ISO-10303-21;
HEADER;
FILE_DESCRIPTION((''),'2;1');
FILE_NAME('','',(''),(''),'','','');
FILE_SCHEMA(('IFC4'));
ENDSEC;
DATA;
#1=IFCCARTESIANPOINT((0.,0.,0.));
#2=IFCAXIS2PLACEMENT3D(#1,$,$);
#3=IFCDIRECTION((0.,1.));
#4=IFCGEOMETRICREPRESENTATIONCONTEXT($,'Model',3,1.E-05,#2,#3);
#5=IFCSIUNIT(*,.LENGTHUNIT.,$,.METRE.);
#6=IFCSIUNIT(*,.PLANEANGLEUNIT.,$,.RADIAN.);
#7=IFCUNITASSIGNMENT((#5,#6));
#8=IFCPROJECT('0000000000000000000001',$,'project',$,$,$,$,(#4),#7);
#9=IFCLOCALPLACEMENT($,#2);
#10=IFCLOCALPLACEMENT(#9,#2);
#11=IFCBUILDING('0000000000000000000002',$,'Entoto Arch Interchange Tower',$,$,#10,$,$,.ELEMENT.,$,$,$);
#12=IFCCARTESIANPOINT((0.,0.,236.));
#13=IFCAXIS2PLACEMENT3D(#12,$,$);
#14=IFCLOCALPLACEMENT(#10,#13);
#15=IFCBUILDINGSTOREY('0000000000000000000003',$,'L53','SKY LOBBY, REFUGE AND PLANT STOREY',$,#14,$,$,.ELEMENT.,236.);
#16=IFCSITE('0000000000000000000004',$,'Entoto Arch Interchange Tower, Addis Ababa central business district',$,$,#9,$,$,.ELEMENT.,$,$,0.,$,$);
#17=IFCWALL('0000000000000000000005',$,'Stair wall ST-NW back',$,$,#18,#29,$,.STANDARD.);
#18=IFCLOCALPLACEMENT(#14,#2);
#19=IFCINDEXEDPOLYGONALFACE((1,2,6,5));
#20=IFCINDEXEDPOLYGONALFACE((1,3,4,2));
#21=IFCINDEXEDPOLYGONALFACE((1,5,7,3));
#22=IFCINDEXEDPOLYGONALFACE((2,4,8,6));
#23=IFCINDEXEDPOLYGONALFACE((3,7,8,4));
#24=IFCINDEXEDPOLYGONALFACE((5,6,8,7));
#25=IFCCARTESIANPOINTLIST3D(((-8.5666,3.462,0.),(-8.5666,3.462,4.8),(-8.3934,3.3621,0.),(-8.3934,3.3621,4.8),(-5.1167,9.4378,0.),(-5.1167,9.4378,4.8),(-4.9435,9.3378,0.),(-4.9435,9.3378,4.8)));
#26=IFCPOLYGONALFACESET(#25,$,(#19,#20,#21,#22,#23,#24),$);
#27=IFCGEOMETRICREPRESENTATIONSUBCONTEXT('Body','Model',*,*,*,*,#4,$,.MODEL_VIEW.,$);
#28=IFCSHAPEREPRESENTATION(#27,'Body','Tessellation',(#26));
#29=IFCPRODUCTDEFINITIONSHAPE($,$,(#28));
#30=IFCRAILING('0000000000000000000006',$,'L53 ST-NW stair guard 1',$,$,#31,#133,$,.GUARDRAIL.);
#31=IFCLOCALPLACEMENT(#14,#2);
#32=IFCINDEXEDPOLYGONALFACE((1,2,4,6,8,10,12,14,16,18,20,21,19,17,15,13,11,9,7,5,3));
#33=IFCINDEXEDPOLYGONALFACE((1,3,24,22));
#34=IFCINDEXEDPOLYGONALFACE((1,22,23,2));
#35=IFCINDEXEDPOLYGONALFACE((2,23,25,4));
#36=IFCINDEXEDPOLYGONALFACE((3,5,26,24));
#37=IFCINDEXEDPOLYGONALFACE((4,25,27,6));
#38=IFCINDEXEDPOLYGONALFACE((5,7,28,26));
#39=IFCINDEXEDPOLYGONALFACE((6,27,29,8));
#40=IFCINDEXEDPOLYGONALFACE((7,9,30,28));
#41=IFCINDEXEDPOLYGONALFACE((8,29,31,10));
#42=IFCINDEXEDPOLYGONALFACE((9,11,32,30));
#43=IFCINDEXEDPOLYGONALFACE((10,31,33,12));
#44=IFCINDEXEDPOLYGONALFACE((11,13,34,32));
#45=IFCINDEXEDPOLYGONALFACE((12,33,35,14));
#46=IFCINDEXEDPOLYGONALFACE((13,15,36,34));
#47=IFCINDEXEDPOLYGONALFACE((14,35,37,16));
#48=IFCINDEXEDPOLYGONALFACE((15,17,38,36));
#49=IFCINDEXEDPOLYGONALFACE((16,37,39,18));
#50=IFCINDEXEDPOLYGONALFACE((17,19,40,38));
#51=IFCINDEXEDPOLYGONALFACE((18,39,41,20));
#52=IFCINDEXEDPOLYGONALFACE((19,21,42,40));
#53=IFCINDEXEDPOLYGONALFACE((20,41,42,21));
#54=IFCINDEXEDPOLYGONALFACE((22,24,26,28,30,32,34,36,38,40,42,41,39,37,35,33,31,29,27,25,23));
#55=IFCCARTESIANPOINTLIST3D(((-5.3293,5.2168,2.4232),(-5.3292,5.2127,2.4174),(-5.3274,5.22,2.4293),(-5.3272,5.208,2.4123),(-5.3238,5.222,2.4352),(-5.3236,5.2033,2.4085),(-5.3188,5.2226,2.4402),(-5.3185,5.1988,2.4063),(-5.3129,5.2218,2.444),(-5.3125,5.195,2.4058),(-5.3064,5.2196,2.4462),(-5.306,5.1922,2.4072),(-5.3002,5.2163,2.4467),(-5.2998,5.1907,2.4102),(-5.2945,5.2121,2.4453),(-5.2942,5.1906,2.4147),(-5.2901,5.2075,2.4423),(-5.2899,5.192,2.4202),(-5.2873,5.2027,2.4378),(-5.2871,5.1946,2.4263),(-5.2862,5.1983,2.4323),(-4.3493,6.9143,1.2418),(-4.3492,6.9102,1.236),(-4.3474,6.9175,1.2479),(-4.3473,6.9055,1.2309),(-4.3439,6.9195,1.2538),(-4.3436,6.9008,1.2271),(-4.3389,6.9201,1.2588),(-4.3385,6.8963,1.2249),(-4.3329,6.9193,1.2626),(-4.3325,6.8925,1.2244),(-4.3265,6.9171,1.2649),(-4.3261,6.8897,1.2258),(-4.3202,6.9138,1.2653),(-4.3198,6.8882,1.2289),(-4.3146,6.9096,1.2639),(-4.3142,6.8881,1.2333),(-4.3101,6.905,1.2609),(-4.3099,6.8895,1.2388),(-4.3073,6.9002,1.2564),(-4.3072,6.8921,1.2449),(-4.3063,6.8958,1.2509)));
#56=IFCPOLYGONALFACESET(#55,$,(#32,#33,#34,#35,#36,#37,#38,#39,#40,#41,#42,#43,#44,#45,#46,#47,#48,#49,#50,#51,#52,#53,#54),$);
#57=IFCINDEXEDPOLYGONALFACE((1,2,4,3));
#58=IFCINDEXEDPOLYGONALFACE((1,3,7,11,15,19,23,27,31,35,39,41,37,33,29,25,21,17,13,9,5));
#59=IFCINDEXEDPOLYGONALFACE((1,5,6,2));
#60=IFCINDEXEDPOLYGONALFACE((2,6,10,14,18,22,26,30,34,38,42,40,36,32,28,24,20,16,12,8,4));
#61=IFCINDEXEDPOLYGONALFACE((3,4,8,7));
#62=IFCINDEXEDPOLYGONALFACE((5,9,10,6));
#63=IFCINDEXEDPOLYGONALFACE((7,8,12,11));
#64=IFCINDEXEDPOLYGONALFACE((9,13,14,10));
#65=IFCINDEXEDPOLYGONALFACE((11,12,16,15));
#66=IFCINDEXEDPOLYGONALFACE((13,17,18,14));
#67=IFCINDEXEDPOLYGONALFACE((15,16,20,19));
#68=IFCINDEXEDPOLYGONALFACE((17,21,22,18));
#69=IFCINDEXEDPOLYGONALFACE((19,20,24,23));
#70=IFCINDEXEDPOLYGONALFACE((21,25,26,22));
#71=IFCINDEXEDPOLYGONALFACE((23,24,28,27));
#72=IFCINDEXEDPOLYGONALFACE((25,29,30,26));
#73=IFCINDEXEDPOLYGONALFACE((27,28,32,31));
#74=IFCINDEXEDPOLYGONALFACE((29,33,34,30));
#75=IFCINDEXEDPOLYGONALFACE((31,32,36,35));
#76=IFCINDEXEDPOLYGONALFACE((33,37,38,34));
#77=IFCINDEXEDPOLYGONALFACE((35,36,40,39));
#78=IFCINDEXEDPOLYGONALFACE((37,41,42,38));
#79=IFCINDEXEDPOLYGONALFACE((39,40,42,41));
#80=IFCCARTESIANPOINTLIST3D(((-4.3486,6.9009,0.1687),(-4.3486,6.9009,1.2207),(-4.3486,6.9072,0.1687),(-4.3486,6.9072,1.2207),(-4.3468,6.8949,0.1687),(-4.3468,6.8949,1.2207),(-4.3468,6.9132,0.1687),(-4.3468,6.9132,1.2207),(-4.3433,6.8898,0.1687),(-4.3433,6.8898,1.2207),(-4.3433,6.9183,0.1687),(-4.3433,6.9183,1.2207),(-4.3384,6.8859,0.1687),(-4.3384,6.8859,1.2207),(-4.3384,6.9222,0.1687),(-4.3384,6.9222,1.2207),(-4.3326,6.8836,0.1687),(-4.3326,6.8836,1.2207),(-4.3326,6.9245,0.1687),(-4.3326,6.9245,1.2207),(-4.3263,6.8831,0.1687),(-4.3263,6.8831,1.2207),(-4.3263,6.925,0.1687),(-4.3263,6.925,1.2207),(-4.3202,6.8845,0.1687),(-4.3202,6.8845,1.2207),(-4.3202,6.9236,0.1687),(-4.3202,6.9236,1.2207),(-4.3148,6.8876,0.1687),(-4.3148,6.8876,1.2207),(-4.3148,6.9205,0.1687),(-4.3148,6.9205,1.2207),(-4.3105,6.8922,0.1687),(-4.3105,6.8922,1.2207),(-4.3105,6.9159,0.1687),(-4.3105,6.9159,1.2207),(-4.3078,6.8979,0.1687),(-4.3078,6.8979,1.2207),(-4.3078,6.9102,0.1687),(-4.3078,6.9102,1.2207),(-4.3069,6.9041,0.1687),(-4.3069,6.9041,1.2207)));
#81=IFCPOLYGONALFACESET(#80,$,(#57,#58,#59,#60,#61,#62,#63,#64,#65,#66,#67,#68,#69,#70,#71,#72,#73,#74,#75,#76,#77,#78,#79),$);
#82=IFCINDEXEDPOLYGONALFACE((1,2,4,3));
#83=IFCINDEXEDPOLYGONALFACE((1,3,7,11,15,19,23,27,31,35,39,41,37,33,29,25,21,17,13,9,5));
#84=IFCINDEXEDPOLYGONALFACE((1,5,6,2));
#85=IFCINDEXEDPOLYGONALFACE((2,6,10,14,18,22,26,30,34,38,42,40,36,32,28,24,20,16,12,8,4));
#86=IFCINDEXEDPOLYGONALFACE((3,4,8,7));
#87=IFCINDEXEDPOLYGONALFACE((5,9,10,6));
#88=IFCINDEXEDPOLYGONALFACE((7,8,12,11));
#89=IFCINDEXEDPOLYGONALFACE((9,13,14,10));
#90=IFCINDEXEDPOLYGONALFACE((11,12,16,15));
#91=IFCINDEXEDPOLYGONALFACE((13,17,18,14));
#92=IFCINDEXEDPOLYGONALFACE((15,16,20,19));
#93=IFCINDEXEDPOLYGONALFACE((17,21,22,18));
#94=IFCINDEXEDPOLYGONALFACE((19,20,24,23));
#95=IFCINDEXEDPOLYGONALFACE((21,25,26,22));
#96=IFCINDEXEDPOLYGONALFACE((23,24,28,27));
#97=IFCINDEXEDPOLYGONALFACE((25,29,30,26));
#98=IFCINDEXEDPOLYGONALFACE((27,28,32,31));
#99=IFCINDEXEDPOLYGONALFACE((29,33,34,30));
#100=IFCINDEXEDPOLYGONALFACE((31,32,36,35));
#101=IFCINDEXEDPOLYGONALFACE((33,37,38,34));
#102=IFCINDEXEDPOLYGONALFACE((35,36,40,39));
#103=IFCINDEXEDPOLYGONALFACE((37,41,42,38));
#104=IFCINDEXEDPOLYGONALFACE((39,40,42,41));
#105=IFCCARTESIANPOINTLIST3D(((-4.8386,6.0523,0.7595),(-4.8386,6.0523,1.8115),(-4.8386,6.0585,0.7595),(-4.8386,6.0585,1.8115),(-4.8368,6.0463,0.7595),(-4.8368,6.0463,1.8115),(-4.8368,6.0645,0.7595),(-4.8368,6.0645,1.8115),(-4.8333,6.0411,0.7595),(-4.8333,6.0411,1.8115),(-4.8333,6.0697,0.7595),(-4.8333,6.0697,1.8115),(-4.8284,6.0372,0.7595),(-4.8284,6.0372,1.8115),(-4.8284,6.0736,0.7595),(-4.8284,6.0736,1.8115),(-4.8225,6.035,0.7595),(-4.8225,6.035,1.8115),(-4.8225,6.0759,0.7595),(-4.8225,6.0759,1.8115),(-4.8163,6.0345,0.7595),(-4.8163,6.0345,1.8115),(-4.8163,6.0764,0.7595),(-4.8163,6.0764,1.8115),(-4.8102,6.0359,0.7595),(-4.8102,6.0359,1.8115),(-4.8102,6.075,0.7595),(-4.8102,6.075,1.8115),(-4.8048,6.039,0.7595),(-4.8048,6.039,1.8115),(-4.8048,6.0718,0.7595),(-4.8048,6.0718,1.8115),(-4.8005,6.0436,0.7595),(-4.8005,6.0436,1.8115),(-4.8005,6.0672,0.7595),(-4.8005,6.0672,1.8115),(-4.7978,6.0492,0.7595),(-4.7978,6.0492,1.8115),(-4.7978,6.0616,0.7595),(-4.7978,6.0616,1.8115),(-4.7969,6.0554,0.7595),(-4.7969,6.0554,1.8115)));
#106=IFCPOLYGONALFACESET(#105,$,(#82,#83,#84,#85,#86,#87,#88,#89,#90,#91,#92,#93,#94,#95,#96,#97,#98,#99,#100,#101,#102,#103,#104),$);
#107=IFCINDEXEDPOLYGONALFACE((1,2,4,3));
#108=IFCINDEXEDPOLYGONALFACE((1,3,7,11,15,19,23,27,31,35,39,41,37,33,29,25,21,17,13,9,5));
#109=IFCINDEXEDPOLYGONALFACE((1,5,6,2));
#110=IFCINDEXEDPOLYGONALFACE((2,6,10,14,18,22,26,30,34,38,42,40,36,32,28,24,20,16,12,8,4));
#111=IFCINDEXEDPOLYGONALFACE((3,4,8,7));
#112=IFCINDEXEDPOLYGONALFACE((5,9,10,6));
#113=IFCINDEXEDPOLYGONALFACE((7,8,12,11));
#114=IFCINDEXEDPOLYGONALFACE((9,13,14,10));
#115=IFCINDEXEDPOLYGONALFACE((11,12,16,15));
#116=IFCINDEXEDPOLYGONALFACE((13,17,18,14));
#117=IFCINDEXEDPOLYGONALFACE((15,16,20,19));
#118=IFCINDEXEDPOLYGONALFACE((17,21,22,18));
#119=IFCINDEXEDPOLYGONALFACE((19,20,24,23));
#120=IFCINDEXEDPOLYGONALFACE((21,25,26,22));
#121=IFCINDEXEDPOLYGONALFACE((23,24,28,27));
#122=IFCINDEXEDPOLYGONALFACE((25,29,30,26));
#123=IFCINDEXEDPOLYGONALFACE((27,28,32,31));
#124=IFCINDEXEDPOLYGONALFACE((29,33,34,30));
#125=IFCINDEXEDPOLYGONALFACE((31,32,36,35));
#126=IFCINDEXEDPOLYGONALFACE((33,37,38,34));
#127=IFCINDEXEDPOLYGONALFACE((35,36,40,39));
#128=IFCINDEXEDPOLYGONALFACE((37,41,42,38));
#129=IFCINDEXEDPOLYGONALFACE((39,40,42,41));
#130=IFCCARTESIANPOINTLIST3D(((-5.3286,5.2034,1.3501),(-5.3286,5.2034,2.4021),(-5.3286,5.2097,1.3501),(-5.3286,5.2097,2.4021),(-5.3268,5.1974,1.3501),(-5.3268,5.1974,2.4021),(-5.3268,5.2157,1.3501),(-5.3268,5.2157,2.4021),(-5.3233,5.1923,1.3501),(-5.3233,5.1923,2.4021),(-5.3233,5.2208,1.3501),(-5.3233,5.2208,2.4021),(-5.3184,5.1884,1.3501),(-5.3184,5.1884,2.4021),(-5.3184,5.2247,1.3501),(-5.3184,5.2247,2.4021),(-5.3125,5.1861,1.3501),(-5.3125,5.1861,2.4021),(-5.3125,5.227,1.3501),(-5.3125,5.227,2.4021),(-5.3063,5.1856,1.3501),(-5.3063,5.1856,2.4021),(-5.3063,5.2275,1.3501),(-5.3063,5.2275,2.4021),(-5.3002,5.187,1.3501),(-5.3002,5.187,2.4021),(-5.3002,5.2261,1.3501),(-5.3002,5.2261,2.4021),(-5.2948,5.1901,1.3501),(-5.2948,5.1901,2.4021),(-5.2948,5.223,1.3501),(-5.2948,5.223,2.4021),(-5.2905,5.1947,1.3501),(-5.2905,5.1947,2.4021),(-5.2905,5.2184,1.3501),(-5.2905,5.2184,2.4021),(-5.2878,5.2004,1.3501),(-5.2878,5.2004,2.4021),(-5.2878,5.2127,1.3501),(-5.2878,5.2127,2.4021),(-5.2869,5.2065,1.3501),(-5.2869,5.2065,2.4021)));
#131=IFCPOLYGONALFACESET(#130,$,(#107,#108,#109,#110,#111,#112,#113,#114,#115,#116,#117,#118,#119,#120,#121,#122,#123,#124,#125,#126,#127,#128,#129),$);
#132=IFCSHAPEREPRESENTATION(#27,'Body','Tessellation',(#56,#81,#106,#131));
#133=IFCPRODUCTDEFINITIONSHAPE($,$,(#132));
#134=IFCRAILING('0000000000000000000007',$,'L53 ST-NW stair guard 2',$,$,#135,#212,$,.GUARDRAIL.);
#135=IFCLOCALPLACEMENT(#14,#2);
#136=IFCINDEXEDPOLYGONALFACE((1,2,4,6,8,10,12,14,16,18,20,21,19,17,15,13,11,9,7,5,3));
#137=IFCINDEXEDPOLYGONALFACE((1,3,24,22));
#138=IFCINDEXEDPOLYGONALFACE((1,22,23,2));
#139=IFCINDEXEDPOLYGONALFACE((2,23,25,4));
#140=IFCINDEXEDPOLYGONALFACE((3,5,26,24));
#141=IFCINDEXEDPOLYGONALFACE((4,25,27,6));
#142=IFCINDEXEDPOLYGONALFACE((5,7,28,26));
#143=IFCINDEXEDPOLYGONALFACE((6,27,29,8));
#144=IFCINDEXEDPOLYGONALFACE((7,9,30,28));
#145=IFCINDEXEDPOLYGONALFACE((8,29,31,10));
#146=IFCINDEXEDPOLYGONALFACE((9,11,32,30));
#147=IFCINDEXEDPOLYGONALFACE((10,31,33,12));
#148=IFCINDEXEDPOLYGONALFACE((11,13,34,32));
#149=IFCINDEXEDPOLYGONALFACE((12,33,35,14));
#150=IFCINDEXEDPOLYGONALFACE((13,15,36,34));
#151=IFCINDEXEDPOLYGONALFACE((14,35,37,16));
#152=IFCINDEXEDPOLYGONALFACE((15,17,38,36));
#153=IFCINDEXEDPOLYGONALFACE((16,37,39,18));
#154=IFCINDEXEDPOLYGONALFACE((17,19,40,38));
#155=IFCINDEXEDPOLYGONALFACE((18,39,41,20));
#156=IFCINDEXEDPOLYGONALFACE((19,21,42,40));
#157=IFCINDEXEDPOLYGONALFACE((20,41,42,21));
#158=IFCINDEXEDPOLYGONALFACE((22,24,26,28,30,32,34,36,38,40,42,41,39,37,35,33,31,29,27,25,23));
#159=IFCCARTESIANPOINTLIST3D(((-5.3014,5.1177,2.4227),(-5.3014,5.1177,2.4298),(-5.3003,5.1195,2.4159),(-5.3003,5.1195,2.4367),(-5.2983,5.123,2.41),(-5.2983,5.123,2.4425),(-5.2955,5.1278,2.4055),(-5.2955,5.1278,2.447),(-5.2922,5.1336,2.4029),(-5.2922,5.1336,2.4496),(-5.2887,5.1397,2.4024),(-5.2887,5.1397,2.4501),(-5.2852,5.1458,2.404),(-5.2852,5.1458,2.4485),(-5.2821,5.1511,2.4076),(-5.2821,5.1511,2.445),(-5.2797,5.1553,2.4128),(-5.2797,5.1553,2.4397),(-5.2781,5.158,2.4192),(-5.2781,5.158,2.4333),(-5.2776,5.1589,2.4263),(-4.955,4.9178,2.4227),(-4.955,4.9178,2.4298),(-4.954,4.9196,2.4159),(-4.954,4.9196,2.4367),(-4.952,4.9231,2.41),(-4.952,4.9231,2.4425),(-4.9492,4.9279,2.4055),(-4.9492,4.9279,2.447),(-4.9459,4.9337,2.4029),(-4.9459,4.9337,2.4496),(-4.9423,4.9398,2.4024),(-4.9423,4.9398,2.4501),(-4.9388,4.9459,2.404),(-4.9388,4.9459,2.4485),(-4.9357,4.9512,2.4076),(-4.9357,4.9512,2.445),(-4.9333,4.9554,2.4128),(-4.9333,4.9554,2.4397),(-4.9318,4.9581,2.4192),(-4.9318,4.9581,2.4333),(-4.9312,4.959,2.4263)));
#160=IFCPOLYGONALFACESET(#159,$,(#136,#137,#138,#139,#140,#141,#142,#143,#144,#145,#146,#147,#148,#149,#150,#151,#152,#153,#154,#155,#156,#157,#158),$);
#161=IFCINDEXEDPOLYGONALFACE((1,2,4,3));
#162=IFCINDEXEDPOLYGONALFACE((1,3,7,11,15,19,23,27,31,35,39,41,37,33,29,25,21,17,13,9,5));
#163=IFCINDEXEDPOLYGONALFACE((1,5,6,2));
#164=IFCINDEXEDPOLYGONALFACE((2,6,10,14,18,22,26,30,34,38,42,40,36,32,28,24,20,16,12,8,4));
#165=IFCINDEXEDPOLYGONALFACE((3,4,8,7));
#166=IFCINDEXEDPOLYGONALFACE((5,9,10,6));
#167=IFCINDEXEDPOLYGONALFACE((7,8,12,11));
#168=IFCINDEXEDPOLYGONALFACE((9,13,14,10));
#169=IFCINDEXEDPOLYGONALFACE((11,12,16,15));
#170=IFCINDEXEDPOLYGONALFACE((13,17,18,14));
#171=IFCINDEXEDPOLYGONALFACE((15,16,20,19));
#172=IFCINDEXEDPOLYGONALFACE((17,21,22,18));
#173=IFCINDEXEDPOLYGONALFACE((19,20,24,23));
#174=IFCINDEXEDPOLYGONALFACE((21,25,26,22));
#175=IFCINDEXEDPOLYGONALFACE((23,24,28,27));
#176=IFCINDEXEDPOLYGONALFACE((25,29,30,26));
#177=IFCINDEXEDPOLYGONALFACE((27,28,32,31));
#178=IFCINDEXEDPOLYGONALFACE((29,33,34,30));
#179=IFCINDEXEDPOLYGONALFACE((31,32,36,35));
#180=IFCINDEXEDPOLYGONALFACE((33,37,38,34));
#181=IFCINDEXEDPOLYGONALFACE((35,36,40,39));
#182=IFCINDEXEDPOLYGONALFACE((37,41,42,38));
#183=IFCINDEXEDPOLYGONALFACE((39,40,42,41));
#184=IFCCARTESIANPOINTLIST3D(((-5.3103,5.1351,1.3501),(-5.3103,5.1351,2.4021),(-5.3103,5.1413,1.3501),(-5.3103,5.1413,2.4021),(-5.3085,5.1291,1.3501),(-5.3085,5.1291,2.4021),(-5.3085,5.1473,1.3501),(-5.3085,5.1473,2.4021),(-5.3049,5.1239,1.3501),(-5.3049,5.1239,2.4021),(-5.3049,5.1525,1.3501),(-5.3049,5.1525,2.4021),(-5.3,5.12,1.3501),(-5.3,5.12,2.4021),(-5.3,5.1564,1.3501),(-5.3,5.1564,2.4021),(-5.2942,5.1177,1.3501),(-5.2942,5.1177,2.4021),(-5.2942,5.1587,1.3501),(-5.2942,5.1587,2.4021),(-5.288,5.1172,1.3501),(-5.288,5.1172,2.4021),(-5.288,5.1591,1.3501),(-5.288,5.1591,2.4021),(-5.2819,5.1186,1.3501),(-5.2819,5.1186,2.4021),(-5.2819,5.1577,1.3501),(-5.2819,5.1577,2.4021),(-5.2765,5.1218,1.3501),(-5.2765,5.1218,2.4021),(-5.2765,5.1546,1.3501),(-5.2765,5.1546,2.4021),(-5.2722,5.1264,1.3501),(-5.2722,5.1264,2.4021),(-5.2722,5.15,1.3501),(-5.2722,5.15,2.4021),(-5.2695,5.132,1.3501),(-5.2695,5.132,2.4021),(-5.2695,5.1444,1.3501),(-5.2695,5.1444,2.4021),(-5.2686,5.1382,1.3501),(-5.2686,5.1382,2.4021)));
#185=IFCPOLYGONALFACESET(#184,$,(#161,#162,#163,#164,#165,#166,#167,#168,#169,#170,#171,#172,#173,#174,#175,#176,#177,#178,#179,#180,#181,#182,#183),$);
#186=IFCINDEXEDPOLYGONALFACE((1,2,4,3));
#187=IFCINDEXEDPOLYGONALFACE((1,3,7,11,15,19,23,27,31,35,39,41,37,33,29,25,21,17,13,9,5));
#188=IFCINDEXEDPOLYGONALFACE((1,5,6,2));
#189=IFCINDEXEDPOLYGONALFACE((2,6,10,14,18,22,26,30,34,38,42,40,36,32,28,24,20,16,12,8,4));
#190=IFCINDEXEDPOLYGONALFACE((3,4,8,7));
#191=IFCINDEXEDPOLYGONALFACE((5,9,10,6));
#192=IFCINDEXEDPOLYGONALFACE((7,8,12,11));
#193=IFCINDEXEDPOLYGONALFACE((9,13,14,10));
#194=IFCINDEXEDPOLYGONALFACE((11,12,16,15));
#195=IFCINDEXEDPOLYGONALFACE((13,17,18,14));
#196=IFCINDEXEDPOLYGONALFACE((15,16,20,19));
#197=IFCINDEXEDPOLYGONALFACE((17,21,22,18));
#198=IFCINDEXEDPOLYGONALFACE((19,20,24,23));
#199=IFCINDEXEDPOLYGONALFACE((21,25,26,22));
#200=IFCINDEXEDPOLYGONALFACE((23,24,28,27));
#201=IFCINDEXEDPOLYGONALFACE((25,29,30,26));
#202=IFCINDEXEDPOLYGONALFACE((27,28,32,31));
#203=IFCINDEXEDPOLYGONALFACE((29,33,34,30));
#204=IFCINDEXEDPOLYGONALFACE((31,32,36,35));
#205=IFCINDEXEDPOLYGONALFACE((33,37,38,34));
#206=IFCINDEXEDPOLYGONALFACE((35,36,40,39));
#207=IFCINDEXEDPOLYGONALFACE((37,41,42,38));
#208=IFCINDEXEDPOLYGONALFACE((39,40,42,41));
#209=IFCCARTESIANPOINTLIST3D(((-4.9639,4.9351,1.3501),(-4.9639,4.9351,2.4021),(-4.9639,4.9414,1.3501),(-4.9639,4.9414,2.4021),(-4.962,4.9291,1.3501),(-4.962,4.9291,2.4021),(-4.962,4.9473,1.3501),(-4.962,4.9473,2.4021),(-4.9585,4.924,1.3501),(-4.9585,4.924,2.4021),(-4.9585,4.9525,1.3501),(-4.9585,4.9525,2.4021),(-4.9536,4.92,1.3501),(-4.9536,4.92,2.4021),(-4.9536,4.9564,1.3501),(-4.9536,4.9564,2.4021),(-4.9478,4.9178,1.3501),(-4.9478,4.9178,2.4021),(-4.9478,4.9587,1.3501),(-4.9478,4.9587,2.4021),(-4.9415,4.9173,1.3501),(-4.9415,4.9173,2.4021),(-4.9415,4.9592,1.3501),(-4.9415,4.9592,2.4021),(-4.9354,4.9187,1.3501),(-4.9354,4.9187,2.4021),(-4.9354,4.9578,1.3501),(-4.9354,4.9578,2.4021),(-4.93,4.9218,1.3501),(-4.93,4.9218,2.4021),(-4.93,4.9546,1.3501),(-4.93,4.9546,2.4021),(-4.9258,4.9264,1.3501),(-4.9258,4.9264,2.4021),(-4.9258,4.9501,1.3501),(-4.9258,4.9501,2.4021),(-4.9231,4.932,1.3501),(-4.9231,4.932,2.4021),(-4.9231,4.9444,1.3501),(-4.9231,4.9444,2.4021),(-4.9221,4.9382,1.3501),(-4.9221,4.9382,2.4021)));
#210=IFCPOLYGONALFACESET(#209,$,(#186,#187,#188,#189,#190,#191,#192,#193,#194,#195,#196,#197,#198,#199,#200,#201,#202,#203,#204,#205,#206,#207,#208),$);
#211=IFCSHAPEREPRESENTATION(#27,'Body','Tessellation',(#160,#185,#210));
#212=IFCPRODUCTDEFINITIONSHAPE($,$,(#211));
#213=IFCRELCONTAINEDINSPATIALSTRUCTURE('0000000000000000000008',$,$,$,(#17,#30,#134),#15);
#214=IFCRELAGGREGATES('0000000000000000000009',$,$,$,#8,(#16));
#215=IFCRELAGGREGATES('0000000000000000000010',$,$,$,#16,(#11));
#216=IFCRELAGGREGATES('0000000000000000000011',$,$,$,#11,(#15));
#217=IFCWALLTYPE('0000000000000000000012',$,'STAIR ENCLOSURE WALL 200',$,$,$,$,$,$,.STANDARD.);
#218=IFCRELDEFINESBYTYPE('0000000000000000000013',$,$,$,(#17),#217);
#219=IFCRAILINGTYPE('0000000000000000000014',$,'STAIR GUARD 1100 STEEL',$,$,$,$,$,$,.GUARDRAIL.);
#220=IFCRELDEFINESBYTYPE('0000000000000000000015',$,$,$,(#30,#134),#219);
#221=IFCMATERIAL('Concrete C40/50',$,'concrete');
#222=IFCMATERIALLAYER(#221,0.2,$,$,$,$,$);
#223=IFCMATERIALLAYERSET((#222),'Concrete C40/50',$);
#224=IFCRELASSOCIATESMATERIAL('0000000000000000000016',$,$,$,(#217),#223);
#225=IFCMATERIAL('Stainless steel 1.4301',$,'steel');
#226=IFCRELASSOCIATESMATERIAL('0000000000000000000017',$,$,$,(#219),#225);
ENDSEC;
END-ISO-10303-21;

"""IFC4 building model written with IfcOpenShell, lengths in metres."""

from ifc_helpers import new_model, si_unit, direction, frame, frame_2d, origin, origin_2d, place, context, subcontext, project, spatial, rectangle, circle, extrude, material, layer, layer_set, type_object, element, save


model = new_model("IFC4")

# Units and contexts
model_context = context("Model", 3, precision=1e-05, world=origin(), true_north=direction((0.0, 1.0)))
body_context = subcontext(model_context, "Body", "Model", "MODEL_VIEW")
ifc_project = project(units=[si_unit("LENGTHUNIT", "METRE"), si_unit("PLANEANGLEUNIT", "RADIAN")], contexts=[model_context])

# Site, building, storey
site_placement = place(None, origin())
site = spatial("IfcSite", under=ifc_project, at=site_placement, Name="Entoto Arch Interchange Tower, Addis Ababa central business district", CompositionType="ELEMENT", RefElevation=0.0)
building_placement = place(site_placement, origin())
building = spatial("IfcBuilding", under=site, at=building_placement, Name="Entoto Arch Interchange Tower", CompositionType="ELEMENT")
storey_placement = place(building_placement, frame((0.0, 0.0, 236.0)))
storey = spatial("IfcBuildingStorey", under=building, at=storey_placement, Name="L53", Description="SKY LOBBY, REFUGE AND PLANT STOREY", CompositionType="ELEMENT", Elevation=236.0)

# Shared definitions
ifc_material_1 = material(Name="Concrete C40/50", Category="concrete")

# Shared definitions
ifc_layer_1 = layer(ifc_material_1, 0.2)
ifc_layer_set_1 = layer_set([ifc_layer_1], Name="Concrete C40/50")
wall_type_1 = type_object("IfcWallType", Name="STAIR ENCLOSURE WALL 200", PredefinedType="STANDARD", material=ifc_layer_set_1)

# Wall
wall_1_placement = place(storey_placement, frame((-5.03, 9.3879, 0.0), z_axis=(0.0, 0.0, 1.0), x_axis=(-0.499979, -0.866038, 0.0)))
element("IfcWall", 1, at=wall_1_placement, inside=storey, type_object=wall_type_1, Name="Stair wall ST-NW back", PredefinedType="STANDARD", context=body_context, shape_type="SweptSolid", body=[
    extrude(rectangle(XDim=6.9001, YDim=0.2, at=frame_2d((3.4502, 0.0))), origin(), (0.0, 0.0, 1.0), 4.8),
])

# Railings
ifc_material_2 = material(Name="Stainless steel 1.4301", Category="steel")
railing_type_1 = type_object("IfcRailingType", Name="STAIR GUARD 1100 STEEL", PredefinedType="GUARDRAIL", material=ifc_material_2)
railing_1_placement = place(storey_placement, frame((-4.3279, 6.9041, 0.1687)))
element("IfcRailing", 2, at=railing_1_placement, inside=storey, type_object=railing_type_1, Name="L53 ST-NW stair guard 1", PredefinedType="GUARDRAIL", context=body_context, shape_type="SweptSolid", body=[
    extrude(circle(Radius=0.0239, at=origin_2d()), frame((0.0, 0.0, 1.0762), z_axis=(-0.428205, -0.741731, 0.516214), x_axis=(0.866042, -0.49997, 0.0)), (0.0, 0.0, 1.0), 2.2886),
    extrude(circle(Radius=0.021, at=origin_2d()), origin(), (0.0, 0.0, 1.0), 1.052),
    extrude(circle(Radius=0.021, at=origin_2d()), frame((-0.49, -0.8486, 0.5908)), (0.0, 0.0, 1.0), 1.052),
    extrude(circle(Radius=0.021, at=origin_2d()), frame((-0.98, -1.6975, 1.1814)), (0.0, 0.0, 1.0), 1.052),
])
railing_2_placement = place(storey_placement, frame((-5.2896, 5.1382, 1.3501)))
element("IfcRailing", 3, at=railing_2_placement, inside=storey, type_object=railing_type_1, Name="L53 ST-NW stair guard 2", PredefinedType="GUARDRAIL", context=body_context, shape_type="SweptSolid", body=[
    extrude(circle(Radius=0.0239, at=origin_2d()), frame((0.0, 0.0, 1.0762), z_axis=(0.866094, -0.499881, 0.0), x_axis=(0.499881, 0.866094, 0.0)), (0.0, 0.0, 1.0), 0.3999),
    extrude(circle(Radius=0.021, at=origin_2d()), origin(), (0.0, 0.0, 1.0), 1.052),
    extrude(circle(Radius=0.021, at=origin_2d()), frame((0.3464, -0.2, 0.0)), (0.0, 0.0, 1.0), 1.052),
])

save(model, "model.ifc")
